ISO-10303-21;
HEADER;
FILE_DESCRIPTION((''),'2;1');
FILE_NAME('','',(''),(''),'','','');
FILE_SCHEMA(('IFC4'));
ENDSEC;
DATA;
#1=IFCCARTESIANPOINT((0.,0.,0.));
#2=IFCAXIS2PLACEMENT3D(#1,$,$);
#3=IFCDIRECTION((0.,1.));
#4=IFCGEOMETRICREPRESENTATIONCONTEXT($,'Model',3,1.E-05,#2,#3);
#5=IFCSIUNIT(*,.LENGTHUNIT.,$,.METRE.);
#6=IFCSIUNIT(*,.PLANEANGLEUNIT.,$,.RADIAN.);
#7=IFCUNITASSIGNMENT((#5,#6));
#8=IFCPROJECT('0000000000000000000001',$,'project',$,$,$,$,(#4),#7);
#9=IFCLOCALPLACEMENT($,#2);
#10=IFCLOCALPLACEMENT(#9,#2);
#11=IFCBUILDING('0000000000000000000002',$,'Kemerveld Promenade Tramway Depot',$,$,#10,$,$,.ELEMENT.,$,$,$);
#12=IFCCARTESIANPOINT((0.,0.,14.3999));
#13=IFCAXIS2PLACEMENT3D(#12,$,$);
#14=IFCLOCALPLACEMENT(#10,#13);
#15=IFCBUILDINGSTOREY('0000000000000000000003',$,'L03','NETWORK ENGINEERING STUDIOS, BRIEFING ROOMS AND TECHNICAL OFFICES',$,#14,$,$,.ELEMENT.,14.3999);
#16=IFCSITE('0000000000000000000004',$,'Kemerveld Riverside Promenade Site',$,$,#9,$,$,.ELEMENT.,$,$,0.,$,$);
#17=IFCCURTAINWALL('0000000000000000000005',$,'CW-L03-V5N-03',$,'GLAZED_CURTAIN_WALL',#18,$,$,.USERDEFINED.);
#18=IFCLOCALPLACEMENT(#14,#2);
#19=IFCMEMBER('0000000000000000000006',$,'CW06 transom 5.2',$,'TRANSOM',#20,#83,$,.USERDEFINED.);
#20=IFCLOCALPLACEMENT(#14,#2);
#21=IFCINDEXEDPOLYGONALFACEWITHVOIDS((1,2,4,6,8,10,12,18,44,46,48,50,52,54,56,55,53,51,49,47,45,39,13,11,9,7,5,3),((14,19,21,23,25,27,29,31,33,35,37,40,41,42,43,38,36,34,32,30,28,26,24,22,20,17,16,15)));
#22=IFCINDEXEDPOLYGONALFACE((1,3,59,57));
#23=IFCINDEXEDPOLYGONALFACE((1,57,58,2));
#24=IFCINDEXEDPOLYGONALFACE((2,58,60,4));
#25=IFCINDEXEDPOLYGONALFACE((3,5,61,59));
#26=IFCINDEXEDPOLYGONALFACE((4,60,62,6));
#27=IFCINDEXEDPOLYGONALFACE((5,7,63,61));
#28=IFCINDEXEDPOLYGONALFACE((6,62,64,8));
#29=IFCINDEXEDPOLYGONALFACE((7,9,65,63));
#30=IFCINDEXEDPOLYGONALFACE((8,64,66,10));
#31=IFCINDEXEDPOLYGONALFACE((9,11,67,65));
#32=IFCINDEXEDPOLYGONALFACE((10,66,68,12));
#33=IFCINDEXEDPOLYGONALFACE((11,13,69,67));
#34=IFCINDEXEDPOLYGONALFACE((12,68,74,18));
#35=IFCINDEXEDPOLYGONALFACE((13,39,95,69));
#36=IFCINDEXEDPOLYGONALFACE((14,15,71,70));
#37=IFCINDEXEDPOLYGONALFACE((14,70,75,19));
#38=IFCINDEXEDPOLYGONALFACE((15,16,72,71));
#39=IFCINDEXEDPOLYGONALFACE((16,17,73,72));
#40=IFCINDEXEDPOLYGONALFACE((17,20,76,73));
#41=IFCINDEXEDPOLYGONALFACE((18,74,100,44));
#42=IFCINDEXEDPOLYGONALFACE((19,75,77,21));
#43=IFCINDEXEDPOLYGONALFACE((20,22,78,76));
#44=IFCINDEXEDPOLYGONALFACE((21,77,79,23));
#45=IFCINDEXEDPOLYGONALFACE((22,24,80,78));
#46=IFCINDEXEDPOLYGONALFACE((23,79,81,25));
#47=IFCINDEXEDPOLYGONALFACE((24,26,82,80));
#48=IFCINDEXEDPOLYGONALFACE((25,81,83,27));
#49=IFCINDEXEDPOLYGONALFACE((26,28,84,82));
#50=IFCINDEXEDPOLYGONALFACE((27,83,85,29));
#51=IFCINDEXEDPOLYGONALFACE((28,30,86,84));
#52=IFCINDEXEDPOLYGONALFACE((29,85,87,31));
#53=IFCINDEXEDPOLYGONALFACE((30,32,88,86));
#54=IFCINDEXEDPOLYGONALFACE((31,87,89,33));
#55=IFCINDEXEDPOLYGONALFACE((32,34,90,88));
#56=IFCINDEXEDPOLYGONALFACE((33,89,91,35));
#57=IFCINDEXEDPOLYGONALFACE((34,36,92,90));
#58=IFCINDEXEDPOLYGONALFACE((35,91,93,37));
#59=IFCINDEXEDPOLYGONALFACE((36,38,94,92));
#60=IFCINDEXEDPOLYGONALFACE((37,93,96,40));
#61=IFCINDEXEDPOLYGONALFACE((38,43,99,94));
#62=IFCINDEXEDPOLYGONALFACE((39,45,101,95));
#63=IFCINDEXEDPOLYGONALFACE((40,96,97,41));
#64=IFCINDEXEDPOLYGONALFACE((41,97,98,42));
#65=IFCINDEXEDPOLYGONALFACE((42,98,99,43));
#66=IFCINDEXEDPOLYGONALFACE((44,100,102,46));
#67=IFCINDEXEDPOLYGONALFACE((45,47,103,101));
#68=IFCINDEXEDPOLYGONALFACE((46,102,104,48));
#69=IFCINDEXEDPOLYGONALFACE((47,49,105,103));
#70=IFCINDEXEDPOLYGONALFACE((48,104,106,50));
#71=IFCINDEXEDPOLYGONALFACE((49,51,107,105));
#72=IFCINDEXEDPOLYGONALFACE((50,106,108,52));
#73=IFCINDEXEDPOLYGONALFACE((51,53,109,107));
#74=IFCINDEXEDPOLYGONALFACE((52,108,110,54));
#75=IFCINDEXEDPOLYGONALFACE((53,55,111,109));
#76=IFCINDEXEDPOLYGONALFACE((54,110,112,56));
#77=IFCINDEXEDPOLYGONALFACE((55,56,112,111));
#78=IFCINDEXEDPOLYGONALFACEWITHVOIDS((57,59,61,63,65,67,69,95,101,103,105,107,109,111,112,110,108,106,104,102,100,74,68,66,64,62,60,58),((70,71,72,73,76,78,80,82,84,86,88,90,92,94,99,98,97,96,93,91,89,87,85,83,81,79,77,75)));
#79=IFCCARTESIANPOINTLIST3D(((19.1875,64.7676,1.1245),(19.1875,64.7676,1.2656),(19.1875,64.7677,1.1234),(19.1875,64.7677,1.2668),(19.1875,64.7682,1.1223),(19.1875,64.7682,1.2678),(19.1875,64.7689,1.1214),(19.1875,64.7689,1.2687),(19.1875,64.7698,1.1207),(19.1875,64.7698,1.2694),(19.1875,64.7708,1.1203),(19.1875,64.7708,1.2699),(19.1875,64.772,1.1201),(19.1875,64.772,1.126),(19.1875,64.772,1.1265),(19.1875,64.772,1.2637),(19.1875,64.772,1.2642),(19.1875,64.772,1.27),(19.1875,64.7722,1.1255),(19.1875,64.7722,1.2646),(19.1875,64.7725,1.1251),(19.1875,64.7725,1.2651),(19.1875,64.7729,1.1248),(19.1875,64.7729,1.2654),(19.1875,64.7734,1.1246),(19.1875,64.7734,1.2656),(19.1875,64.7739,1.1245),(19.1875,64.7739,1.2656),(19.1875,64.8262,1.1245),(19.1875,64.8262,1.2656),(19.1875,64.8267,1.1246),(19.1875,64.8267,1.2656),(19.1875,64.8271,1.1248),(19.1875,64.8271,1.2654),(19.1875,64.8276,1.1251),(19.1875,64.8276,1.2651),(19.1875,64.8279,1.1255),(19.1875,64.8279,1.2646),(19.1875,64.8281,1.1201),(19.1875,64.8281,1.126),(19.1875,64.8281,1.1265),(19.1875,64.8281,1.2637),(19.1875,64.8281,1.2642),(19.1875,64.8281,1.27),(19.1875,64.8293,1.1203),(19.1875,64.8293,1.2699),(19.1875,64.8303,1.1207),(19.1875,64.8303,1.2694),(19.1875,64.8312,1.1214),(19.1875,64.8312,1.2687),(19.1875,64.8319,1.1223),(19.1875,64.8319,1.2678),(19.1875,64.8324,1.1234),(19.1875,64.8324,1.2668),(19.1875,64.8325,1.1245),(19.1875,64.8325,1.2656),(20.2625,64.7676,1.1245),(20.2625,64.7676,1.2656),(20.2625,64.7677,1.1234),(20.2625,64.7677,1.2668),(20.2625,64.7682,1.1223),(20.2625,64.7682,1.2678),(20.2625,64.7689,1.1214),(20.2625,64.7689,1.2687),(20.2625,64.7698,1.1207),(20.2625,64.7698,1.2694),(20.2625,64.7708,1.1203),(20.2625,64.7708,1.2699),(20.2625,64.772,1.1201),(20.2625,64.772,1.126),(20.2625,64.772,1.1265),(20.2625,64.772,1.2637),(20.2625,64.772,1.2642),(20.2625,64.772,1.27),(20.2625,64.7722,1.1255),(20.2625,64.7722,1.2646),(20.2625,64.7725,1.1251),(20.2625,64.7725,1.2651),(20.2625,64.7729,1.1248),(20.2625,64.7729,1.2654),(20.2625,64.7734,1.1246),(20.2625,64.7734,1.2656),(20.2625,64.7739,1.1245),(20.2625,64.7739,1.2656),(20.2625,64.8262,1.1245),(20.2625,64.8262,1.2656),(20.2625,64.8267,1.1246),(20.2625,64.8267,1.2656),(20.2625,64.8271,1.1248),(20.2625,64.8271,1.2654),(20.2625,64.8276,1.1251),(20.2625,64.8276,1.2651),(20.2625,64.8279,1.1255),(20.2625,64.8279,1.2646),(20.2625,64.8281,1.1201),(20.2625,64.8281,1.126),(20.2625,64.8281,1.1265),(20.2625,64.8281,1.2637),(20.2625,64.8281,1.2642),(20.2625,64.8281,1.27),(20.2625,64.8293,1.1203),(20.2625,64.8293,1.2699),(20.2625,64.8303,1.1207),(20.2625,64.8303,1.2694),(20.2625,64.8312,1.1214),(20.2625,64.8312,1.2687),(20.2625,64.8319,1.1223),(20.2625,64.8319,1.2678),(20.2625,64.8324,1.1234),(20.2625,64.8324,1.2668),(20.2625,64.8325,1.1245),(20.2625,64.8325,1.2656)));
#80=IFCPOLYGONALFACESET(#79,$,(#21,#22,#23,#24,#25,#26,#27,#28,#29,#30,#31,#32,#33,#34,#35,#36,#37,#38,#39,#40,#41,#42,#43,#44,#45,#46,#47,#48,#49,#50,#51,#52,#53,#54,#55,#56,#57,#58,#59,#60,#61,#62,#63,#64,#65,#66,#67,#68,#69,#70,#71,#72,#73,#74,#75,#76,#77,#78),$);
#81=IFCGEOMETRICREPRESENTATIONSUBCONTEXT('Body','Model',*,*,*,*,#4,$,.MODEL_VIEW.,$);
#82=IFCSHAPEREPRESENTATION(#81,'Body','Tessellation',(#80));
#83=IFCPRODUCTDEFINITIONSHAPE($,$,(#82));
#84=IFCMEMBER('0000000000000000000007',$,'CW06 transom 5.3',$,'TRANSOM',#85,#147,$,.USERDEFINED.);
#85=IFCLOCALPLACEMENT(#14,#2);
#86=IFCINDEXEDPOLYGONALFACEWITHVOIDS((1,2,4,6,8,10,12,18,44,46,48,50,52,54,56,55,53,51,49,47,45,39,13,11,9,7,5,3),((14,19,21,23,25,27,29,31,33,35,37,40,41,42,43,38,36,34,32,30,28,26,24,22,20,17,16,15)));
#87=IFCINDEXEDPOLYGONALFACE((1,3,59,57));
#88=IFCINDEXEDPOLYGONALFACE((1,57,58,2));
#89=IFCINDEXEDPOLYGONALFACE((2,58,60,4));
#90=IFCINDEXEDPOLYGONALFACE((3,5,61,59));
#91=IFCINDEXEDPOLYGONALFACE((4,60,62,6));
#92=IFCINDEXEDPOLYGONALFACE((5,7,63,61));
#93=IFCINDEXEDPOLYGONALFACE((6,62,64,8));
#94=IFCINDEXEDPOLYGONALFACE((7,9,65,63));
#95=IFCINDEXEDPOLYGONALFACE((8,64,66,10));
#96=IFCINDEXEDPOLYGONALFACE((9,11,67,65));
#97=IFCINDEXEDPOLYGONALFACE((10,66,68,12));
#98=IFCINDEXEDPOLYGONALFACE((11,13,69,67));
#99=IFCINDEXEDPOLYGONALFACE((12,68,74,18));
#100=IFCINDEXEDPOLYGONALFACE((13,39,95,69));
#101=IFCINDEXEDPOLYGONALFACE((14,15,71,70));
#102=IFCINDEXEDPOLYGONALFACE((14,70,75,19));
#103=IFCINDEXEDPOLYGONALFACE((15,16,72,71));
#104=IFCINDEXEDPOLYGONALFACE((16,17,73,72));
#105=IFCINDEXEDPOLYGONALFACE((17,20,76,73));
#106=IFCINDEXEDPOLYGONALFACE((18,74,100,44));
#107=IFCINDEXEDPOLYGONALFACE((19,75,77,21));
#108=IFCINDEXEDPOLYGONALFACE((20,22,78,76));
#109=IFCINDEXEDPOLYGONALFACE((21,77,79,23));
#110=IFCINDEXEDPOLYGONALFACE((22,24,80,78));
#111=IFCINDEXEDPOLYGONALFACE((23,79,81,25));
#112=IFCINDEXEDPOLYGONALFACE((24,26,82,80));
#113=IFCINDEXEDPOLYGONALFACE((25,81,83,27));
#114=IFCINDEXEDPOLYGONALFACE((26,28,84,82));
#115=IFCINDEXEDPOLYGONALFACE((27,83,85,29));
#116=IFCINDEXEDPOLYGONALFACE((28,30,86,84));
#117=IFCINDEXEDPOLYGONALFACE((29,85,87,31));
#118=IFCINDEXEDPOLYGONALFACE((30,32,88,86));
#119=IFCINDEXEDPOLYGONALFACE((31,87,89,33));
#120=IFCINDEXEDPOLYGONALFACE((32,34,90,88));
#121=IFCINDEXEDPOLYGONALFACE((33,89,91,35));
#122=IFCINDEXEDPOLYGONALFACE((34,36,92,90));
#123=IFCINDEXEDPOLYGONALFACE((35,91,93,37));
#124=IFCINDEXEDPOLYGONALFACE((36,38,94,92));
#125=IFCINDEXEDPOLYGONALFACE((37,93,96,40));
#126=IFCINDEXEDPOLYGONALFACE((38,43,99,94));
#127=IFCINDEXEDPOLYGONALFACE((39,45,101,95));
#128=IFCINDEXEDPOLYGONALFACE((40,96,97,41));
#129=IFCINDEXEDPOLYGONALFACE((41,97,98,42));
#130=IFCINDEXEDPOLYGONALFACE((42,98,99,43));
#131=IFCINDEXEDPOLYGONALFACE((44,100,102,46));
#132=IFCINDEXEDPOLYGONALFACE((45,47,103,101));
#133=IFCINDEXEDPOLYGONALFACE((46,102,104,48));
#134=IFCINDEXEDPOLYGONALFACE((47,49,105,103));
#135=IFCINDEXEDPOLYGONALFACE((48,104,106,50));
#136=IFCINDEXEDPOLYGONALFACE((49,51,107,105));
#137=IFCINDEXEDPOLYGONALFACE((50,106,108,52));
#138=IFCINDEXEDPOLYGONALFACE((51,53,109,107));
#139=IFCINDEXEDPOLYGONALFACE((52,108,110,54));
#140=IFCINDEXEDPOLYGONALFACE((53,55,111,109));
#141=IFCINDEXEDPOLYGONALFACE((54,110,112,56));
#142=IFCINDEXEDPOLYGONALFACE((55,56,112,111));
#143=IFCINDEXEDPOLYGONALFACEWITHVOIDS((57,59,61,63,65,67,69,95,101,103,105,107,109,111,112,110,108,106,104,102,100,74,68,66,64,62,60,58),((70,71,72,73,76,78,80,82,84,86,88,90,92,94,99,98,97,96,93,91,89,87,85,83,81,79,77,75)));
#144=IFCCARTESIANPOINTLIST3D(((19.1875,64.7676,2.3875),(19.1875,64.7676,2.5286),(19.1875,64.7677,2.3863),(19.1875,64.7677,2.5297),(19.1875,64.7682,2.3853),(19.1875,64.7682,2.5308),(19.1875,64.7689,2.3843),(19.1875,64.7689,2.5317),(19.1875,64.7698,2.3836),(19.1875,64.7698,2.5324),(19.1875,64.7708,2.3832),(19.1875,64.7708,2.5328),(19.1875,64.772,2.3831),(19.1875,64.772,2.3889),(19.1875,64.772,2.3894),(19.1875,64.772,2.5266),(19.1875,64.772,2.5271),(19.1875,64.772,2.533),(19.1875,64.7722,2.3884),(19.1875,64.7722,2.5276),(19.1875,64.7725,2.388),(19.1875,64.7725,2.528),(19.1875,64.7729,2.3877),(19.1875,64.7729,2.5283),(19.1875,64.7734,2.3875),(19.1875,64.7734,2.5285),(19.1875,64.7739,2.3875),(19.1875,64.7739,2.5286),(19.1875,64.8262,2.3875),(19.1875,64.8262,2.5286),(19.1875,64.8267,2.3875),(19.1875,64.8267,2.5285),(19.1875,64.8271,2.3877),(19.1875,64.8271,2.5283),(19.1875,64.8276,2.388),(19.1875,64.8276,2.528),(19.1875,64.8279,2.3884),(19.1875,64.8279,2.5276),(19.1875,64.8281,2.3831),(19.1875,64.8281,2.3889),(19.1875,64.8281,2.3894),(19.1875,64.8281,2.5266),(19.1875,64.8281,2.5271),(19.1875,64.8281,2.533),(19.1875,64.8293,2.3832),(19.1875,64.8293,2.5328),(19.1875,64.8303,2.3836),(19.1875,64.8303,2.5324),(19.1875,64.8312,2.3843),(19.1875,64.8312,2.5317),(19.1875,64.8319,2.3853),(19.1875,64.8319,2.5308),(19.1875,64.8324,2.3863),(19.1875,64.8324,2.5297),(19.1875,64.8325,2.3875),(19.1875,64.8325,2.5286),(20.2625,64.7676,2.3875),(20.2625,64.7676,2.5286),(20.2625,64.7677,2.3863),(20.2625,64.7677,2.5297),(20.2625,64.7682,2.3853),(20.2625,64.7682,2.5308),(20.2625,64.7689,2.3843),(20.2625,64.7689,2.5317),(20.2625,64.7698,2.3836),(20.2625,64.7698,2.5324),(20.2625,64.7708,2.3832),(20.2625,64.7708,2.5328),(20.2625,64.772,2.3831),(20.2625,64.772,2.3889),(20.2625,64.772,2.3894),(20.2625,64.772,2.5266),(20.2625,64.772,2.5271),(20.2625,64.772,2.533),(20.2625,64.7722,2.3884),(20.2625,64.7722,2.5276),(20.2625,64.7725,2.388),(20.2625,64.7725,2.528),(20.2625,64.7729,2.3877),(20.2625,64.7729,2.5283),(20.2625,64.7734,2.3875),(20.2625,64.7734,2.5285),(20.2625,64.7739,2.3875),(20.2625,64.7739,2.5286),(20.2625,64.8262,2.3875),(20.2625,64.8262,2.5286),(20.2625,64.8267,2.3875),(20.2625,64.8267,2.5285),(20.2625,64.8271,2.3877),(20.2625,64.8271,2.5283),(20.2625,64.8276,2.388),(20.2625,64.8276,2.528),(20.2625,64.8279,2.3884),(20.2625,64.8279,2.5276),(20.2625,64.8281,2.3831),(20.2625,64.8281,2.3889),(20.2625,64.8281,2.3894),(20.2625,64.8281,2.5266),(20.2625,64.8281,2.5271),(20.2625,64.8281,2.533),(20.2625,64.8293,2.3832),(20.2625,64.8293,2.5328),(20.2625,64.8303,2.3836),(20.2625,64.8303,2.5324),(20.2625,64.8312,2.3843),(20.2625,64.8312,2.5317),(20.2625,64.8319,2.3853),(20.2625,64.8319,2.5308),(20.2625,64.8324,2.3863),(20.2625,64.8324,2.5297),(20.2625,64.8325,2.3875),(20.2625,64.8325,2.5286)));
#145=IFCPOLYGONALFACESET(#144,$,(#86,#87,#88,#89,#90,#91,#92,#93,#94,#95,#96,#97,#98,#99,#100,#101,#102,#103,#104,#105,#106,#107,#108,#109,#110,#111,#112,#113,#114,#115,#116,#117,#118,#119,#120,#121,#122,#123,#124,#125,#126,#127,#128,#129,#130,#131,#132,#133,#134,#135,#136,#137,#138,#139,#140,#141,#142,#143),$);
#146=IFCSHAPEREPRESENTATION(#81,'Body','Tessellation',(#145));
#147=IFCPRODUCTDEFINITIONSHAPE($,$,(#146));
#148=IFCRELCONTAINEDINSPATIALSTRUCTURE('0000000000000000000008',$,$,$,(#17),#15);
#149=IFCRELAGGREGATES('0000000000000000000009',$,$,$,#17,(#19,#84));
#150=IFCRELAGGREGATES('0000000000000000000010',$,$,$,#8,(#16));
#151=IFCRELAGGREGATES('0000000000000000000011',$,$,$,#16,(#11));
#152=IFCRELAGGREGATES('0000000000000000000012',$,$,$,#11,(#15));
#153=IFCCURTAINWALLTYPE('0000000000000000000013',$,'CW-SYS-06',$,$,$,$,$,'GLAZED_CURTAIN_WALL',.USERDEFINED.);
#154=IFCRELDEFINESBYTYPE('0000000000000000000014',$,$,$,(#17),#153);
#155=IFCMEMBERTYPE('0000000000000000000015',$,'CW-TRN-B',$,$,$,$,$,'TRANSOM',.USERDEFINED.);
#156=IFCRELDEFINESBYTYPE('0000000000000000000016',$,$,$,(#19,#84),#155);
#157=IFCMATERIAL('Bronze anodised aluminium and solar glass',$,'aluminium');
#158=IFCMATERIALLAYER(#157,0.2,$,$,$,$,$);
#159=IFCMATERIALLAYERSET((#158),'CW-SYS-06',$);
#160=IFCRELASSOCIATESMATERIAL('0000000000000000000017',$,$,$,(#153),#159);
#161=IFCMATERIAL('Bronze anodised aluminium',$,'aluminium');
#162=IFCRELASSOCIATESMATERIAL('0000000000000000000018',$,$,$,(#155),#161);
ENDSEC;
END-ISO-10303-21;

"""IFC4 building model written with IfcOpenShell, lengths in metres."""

from ifc_helpers import new_model, si_unit, direction, frame, origin, origin_2d, place, context, subcontext, project, spatial, hollow_rectangle, extrude, material, layer, layer_set, material_profile, profile_set, type_object, element, aggregate, save


model = new_model("IFC4")

# Units and contexts
model_context = context("Model", 3, precision=1e-05, world=origin(), true_north=direction((0.0, 1.0)))
body_context = subcontext(model_context, "Body", "Model", "MODEL_VIEW")
ifc_project = project(units=[si_unit("LENGTHUNIT", "METRE"), si_unit("PLANEANGLEUNIT", "RADIAN")], contexts=[model_context])

# Site, building, storey
site_placement = place(None, origin())
site = spatial("IfcSite", under=ifc_project, at=site_placement, Name="Kemerveld Riverside Promenade Site", CompositionType="ELEMENT", RefElevation=0.0)
building_placement = place(site_placement, origin())
building = spatial("IfcBuilding", under=site, at=building_placement, Name="Kemerveld Promenade Tramway Depot", CompositionType="ELEMENT")
storey_placement = place(building_placement, frame((0.0, 0.0, 14.3999)))
storey = spatial("IfcBuildingStorey", under=building, at=storey_placement, Name="L03", Description="NETWORK ENGINEERING STUDIOS, BRIEFING ROOMS AND TECHNICAL OFFICES", CompositionType="ELEMENT", Elevation=14.3999)

# Curtain wall, members
ifc_material_1 = material(Name="Bronze anodised aluminium and solar glass", Category="aluminium")
ifc_layer_1 = layer(ifc_material_1, 0.2)
ifc_layer_set_1 = layer_set([ifc_layer_1], Name="CW-SYS-06")
curtain_wall_type = type_object("IfcCurtainWallType", Name="CW-SYS-06", ElementType="GLAZED_CURTAIN_WALL", PredefinedType="USERDEFINED", material=ifc_layer_set_1)
curtain_wall_placement = place(storey_placement, origin())
curtain_wall = element("IfcCurtainWall", 1, at=curtain_wall_placement, inside=storey, type_object=curtain_wall_type, Name="CW-L03-V5N-03", ObjectType="GLAZED_CURTAIN_WALL", PredefinedType="USERDEFINED")
ifc_material_2 = material(Name="Bronze anodised aluminium", Category="aluminium")
ifc_material_profile_1 = material_profile(ifc_material_2, hollow_rectangle(XDim=0.0649, YDim=0.1499, WallThickness=0.0044, InnerFilletRadius=0.002, OuterFilletRadius=0.0044, at=origin_2d()), Name="CW-TRN-150x65")
ifc_profile_set_1 = profile_set([ifc_material_profile_1], Name="Bronze anodised aluminium")
member_type_1 = type_object("IfcMemberType", Name="CW-TRN-B", ElementType="TRANSOM", PredefinedType="USERDEFINED", material=ifc_profile_set_1)
member_1_placement = place(storey_placement, frame((19.1875, 64.8, 1.1951), z_axis=(1.0, 0.0, 0.0), x_axis=(0.0, 1.0, 0.0)))
member_1 = element("IfcMember", 2, at=member_1_placement, type_object=member_type_1, Name="CW06 transom 5.2", ObjectType="TRANSOM", PredefinedType="USERDEFINED", context=body_context, shape_type="SweptSolid", body=[
    extrude(hollow_rectangle(XDim=0.0649, YDim=0.1499, WallThickness=0.0044, InnerFilletRadius=0.002, OuterFilletRadius=0.0044, at=origin_2d()), origin(), (0.0, 0.0, 1.0), 1.075),
])
member_2_placement = place(storey_placement, frame((19.1875, 64.8, 2.458), z_axis=(1.0, 0.0, 0.0), x_axis=(0.0, 1.0, 0.0)))
member_2 = element("IfcMember", 3, at=member_2_placement, type_object=member_type_1, Name="CW06 transom 5.3", ObjectType="TRANSOM", PredefinedType="USERDEFINED", context=body_context, shape_type="SweptSolid", body=[
    extrude(hollow_rectangle(XDim=0.0649, YDim=0.1499, WallThickness=0.0044, InnerFilletRadius=0.002, OuterFilletRadius=0.0044, at=origin_2d()), origin(), (0.0, 0.0, 1.0), 1.075),
])
aggregate(curtain_wall, [member_1, member_2])

save(model, "model.ifc")
